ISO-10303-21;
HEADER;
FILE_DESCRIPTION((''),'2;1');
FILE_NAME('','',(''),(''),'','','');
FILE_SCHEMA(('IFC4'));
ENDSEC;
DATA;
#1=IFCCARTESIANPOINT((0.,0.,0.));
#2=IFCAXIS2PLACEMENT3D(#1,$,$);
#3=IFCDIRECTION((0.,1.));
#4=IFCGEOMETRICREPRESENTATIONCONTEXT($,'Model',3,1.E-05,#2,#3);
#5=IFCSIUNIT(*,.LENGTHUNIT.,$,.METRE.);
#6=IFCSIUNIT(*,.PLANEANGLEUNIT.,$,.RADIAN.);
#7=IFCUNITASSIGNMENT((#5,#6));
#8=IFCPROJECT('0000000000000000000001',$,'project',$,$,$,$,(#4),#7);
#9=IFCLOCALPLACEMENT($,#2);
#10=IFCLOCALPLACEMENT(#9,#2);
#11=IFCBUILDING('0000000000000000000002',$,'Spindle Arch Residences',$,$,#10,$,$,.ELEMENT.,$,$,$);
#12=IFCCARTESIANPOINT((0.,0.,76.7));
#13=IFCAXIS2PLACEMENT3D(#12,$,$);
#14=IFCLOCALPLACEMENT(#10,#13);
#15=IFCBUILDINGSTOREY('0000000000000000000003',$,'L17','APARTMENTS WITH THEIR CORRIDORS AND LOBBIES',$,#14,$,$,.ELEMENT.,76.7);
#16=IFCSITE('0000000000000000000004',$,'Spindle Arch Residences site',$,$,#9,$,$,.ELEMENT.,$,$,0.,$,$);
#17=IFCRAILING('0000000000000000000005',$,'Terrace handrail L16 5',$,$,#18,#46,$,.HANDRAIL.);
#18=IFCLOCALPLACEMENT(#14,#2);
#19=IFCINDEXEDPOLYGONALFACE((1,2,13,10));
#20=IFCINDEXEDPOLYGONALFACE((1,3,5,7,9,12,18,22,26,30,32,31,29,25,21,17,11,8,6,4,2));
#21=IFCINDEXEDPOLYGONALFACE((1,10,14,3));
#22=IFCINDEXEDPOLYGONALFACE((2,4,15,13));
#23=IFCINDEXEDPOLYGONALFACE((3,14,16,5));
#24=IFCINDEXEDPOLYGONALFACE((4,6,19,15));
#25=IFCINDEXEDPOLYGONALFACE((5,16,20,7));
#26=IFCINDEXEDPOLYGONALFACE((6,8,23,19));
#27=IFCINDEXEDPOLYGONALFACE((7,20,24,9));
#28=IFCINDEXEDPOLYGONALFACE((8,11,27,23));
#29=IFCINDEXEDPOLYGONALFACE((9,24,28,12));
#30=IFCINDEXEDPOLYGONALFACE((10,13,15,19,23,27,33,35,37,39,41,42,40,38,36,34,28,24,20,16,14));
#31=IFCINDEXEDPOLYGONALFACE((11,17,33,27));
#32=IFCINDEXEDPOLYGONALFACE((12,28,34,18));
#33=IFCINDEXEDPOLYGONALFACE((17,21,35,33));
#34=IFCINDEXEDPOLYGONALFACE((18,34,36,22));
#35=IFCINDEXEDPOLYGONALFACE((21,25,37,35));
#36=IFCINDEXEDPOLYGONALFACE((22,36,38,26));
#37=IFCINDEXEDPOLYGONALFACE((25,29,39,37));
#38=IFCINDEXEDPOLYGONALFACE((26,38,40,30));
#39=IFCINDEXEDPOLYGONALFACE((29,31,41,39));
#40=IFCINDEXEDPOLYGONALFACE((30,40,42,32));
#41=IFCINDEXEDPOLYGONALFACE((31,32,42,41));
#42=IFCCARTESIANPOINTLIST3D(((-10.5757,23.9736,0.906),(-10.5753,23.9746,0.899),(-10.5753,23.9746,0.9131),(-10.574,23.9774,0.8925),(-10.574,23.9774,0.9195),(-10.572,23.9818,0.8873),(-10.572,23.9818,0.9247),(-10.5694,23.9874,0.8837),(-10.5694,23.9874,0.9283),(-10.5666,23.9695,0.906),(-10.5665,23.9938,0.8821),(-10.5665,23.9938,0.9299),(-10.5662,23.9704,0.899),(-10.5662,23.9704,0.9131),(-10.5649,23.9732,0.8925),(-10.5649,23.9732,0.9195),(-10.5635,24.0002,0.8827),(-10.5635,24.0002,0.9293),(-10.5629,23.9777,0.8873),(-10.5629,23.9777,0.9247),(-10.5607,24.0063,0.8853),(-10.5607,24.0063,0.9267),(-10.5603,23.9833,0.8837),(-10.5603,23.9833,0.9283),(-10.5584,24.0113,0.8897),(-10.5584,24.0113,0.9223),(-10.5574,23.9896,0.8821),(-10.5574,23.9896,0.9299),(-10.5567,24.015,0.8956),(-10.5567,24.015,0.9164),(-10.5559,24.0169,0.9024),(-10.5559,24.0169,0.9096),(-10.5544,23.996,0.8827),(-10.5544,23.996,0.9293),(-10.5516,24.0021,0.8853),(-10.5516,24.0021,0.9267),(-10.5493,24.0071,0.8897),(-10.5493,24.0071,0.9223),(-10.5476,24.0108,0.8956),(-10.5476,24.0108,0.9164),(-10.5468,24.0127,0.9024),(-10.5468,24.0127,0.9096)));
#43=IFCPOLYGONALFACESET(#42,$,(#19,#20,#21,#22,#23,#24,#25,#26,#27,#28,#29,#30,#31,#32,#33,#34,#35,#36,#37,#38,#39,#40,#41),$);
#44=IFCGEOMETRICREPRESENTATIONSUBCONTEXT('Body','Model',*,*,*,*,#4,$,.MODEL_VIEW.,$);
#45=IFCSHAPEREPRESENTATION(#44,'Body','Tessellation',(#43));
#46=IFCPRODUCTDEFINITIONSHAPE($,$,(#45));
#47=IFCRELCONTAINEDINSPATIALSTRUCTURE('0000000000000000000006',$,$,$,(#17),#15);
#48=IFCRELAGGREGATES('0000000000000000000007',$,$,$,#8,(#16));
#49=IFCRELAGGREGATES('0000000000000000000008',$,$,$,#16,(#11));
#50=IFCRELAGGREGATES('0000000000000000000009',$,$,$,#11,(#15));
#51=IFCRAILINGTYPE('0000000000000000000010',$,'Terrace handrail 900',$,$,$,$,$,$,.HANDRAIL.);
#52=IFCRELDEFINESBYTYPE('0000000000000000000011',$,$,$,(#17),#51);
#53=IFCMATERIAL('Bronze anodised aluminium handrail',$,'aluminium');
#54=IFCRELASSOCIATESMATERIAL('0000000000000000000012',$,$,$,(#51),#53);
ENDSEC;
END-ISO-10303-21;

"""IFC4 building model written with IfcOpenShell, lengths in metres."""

from ifc_helpers import new_model, si_unit, direction, frame, origin, origin_2d, place, context, subcontext, project, spatial, circle, extrude, material, type_object, element, save


model = new_model("IFC4")

# Units and contexts
model_context = context("Model", 3, precision=1e-05, world=origin(), true_north=direction((0.0, 1.0)))
body_context = subcontext(model_context, "Body", "Model", "MODEL_VIEW")
ifc_project = project(units=[si_unit("LENGTHUNIT", "METRE"), si_unit("PLANEANGLEUNIT", "RADIAN")], contexts=[model_context])

# Site, building, storey
site_placement = place(None, origin())
site = spatial("IfcSite", under=ifc_project, at=site_placement, Name="Spindle Arch Residences site", CompositionType="ELEMENT", RefElevation=0.0)
building_placement = place(site_placement, origin())
building = spatial("IfcBuilding", under=site, at=building_placement, Name="Spindle Arch Residences", CompositionType="ELEMENT")
storey_placement = place(building_placement, frame((0.0, 0.0, 76.7)))
storey = spatial("IfcBuildingStorey", under=building, at=storey_placement, Name="L17", Description="APARTMENTS WITH THEIR CORRIDORS AND LOBBIES", CompositionType="ELEMENT", Elevation=76.7)

# Railing
ifc_material_1 = material(Name="Bronze anodised aluminium handrail", Category="aluminium")
railing_type_1 = type_object("IfcRailingType", Name="Terrace handrail 900", PredefinedType="HANDRAIL", material=ifc_material_1)
railing_1_placement = place(storey_placement, frame((-10.5566, 23.9912, 0.03)))
element("IfcRailing", 1, at=railing_1_placement, inside=storey, type_object=railing_type_1, Name="Terrace handrail L16 5", PredefinedType="HANDRAIL", context=body_context, shape_type="SweptSolid", body=[
    extrude(circle(Radius=0.0239, at=origin_2d()), frame((0.0, 0.0, 0.876), z_axis=(-0.908677, 0.4175, 0.0), x_axis=(-0.4175, -0.908677, 0.0)), (0.0, 0.0, 1.0), 0.01),
])

save(model, "model.ifc")
